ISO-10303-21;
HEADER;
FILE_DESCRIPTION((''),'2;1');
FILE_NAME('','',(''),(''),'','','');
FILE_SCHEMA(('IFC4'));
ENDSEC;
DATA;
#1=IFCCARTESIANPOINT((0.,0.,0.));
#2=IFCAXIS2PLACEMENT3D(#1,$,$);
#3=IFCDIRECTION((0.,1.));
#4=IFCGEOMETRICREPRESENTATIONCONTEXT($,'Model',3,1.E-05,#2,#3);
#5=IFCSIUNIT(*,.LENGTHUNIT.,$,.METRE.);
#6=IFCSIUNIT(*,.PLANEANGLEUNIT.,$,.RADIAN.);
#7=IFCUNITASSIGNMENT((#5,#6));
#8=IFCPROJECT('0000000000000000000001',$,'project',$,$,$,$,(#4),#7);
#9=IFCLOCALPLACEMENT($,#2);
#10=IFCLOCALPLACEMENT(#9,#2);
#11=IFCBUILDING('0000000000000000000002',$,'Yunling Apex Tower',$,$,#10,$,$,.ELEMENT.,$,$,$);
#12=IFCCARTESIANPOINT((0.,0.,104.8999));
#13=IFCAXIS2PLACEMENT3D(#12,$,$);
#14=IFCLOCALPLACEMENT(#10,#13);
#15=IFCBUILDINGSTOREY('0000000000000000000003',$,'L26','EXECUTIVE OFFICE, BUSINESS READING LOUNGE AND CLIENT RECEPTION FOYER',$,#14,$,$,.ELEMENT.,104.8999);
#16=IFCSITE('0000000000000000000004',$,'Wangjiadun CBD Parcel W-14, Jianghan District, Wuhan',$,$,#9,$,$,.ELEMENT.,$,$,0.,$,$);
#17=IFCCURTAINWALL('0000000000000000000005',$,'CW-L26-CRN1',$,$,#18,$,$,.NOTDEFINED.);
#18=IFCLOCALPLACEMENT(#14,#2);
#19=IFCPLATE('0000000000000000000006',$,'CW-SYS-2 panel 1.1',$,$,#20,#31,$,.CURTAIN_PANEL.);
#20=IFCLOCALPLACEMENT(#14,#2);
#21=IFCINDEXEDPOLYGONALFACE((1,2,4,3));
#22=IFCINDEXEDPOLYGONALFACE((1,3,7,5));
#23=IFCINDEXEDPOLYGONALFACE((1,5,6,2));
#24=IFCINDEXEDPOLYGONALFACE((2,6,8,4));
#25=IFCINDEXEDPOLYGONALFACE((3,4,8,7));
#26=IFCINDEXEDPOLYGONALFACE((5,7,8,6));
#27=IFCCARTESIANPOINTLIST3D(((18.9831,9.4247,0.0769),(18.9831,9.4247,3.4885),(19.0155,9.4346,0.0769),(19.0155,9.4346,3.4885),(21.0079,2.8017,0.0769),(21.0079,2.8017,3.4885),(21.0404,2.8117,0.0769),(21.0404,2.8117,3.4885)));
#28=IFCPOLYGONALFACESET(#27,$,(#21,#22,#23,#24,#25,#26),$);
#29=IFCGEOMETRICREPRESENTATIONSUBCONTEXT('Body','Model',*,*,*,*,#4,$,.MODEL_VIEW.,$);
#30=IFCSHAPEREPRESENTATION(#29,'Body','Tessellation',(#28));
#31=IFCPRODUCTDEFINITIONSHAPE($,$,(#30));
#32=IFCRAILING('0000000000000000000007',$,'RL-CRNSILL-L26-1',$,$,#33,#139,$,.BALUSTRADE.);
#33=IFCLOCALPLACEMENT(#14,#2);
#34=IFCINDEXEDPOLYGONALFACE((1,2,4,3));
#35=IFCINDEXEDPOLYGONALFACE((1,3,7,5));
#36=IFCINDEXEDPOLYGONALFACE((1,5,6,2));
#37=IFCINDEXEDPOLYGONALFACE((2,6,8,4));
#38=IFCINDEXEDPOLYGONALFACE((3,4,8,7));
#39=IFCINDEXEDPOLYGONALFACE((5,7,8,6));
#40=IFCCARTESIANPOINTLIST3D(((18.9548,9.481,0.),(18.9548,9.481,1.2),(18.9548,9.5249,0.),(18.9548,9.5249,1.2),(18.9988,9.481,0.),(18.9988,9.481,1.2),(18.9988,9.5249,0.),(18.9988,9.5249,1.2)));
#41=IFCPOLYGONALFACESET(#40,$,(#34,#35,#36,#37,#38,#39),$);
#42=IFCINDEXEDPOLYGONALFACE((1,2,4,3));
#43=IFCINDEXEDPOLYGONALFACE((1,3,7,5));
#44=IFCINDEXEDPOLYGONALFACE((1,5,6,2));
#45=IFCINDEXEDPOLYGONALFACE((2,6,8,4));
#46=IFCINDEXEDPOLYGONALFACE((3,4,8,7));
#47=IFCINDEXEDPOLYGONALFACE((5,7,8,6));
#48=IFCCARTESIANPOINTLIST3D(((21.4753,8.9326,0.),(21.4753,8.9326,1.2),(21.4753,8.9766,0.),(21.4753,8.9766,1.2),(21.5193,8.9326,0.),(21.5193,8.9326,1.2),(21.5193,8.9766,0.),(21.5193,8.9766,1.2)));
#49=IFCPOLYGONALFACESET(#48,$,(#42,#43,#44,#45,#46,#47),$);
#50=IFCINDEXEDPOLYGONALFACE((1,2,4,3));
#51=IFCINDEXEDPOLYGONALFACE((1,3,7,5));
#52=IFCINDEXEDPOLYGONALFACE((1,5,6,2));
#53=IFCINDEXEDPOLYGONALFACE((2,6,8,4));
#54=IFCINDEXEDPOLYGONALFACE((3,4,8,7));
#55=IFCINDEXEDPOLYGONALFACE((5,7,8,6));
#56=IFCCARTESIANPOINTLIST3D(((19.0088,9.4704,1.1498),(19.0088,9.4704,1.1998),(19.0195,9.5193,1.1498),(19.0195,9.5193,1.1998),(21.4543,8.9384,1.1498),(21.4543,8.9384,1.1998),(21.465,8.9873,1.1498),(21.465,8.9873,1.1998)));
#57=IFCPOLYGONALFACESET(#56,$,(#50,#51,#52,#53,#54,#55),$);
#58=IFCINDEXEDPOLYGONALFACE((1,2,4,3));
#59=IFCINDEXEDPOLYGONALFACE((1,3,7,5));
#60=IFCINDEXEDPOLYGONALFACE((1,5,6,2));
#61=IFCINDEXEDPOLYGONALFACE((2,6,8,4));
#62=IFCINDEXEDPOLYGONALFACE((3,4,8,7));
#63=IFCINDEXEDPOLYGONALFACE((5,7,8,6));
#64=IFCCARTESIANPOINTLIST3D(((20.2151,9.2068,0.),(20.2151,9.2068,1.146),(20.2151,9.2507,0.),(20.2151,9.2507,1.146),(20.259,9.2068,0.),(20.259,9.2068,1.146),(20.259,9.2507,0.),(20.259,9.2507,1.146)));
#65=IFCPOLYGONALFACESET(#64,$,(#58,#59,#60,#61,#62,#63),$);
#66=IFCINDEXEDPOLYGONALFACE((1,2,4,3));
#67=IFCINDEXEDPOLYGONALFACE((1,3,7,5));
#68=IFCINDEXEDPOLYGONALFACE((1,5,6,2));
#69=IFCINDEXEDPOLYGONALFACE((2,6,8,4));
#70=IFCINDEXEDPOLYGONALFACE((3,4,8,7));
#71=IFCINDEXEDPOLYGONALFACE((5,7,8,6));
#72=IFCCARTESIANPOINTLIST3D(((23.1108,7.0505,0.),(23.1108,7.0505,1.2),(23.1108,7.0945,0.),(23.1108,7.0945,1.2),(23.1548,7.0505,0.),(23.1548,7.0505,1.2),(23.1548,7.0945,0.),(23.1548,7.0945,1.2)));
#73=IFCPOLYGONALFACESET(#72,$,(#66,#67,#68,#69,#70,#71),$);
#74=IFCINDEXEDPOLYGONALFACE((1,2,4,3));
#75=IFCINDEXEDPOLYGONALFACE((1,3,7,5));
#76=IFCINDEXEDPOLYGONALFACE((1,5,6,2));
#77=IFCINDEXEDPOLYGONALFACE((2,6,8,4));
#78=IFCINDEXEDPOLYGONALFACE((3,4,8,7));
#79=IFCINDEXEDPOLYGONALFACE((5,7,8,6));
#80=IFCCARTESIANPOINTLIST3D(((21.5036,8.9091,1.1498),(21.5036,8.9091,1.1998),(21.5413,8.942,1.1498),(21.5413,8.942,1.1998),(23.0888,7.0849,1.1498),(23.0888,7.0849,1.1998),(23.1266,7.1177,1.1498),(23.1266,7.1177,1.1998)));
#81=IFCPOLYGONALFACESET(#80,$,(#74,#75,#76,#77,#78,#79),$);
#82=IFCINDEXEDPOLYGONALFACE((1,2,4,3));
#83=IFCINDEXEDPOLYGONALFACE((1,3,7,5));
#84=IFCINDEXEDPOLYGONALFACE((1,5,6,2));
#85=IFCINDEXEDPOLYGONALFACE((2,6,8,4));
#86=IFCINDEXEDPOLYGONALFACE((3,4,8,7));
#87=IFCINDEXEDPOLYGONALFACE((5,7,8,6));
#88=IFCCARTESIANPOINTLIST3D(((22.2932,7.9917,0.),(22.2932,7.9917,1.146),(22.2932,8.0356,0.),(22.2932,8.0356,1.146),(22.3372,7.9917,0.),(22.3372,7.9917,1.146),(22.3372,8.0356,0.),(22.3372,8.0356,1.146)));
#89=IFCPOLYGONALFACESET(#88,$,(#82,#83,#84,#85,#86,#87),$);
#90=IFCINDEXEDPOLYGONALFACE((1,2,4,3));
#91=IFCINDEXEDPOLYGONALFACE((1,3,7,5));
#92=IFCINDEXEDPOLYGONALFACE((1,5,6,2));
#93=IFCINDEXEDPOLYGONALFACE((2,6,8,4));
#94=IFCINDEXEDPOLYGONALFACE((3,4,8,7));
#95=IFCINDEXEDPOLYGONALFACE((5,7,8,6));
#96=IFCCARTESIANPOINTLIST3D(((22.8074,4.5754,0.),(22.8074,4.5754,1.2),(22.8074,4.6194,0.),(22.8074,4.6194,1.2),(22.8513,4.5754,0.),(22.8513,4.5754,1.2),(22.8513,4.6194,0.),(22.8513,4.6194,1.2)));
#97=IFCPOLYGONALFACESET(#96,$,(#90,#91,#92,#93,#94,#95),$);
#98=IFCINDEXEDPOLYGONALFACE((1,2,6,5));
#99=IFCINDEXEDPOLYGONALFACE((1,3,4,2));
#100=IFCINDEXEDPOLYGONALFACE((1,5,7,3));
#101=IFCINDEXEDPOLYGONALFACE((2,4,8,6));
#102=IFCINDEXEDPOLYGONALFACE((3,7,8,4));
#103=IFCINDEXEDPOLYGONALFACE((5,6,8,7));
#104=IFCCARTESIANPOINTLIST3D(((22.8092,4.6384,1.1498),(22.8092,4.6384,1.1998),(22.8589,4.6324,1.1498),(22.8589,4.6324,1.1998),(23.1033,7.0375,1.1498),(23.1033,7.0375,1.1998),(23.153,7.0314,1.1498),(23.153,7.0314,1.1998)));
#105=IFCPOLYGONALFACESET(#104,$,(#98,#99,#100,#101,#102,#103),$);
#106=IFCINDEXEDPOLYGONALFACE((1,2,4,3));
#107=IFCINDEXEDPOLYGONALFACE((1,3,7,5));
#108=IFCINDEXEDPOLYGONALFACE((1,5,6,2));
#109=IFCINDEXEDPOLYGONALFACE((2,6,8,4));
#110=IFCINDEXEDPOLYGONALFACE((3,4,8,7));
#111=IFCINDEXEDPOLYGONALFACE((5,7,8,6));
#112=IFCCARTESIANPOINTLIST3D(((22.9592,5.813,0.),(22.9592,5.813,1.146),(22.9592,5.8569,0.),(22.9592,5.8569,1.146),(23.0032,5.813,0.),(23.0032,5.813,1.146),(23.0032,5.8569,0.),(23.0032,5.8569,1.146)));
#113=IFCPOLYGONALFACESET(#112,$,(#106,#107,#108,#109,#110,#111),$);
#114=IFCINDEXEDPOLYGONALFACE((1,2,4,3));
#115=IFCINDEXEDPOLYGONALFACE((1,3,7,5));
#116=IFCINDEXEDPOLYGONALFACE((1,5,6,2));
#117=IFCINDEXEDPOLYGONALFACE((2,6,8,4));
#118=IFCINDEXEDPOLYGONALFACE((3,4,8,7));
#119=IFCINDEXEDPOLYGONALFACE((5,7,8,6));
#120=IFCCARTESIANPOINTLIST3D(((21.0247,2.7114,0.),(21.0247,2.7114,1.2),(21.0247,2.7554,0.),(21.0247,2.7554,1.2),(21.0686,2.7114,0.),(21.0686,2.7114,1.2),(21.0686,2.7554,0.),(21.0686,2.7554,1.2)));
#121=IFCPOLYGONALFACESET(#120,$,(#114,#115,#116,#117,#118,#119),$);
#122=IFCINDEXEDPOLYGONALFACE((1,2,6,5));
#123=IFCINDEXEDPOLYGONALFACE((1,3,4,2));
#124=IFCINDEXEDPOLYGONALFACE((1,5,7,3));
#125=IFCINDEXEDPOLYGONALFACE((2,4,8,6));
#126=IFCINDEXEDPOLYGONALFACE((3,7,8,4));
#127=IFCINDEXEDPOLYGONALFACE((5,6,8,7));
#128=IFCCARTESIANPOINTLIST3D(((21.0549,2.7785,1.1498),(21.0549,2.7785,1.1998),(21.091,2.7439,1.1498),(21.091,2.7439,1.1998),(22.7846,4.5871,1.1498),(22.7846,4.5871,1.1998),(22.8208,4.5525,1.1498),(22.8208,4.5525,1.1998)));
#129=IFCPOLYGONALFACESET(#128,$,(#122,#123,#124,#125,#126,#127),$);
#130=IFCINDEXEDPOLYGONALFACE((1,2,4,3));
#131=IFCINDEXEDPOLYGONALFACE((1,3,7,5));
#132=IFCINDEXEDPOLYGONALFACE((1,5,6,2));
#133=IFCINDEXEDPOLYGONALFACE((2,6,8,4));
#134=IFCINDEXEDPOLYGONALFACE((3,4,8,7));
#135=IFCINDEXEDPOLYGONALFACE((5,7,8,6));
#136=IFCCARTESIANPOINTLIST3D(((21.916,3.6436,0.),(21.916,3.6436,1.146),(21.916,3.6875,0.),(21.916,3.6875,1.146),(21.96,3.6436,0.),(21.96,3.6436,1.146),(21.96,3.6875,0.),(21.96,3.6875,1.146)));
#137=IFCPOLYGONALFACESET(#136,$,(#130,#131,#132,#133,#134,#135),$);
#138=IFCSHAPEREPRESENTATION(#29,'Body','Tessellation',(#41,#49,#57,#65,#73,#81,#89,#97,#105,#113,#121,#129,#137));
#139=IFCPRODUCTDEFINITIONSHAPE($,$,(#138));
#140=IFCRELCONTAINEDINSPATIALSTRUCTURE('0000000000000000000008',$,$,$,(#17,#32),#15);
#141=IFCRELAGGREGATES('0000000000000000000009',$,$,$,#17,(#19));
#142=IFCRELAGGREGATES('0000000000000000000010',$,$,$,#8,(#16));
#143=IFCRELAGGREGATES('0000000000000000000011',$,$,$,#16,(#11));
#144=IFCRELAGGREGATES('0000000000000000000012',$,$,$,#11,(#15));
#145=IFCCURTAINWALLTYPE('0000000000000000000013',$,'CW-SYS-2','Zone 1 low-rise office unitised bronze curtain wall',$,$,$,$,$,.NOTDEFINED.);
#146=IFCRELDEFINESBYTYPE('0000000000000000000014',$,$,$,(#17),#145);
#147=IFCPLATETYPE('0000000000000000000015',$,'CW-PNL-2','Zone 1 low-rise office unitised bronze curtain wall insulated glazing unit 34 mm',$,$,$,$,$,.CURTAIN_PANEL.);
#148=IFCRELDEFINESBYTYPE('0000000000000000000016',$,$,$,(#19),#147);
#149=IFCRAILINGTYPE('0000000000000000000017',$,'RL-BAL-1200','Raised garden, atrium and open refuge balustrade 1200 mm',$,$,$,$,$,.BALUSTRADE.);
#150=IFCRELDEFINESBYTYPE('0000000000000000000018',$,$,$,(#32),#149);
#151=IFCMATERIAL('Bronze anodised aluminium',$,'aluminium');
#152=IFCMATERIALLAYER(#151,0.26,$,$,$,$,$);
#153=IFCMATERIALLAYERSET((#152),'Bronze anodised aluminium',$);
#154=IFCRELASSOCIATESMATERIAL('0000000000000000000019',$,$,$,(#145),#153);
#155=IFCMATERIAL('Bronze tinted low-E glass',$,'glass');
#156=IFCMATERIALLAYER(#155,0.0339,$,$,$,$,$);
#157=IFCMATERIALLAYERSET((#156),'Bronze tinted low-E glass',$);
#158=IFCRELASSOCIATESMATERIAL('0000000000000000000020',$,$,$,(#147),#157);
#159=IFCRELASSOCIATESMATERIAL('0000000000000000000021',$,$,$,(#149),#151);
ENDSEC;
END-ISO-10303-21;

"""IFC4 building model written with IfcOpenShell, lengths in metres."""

from ifc_helpers import new_model, si_unit, direction, frame, origin, origin_2d, place, context, subcontext, project, spatial, rectangle, extrude, source, transform, mapped, material, layer, layer_set, type_object, element, aggregate, save


model = new_model("IFC4")

# Units and contexts
model_context = context("Model", 3, precision=1e-05, world=origin(), true_north=direction((0.0, 1.0)))
body_context = subcontext(model_context, "Body", "Model", "MODEL_VIEW")
ifc_project = project(units=[si_unit("LENGTHUNIT", "METRE"), si_unit("PLANEANGLEUNIT", "RADIAN")], contexts=[model_context])

# Site, building, storey
site_placement = place(None, origin())
site = spatial("IfcSite", under=ifc_project, at=site_placement, Name="Wangjiadun CBD Parcel W-14, Jianghan District, Wuhan", CompositionType="ELEMENT", RefElevation=0.0)
building_placement = place(site_placement, origin())
building = spatial("IfcBuilding", under=site, at=building_placement, Name="Yunling Apex Tower", CompositionType="ELEMENT")
storey_placement = place(building_placement, frame((0.0, 0.0, 104.8999)))
storey = spatial("IfcBuildingStorey", under=building, at=storey_placement, Name="L26", Description="EXECUTIVE OFFICE, BUSINESS READING LOUNGE AND CLIENT RECEPTION FOYER", CompositionType="ELEMENT", Elevation=104.8999)

# Shared definitions
ifc_material_1 = material(Name="Bronze anodised aluminium", Category="aluminium")
ifc_layer_1 = layer(ifc_material_1, 0.26)
ifc_layer_set_1 = layer_set([ifc_layer_1], Name="Bronze anodised aluminium")
curtain_wall_type = type_object("IfcCurtainWallType", Name="CW-SYS-2", Description="Zone 1 low-rise office unitised bronze curtain wall", PredefinedType="NOTDEFINED", material=ifc_layer_set_1)

# Curtain wall
curtain_wall_1_placement = place(storey_placement, origin())
curtain_wall_1 = element("IfcCurtainWall", 1, at=curtain_wall_1_placement, inside=storey, type_object=curtain_wall_type, Name="CW-L26-CRN1", PredefinedType="NOTDEFINED")

# Plate
ifc_material_2 = material(Name="Bronze tinted low-E glass", Category="glass")
ifc_layer_2 = layer(ifc_material_2, 0.0339)
ifc_layer_set_2 = layer_set([ifc_layer_2], Name="Bronze tinted low-E glass")
plate_type = type_object("IfcPlateType", Name="CW-PNL-2", Description="Zone 1 low-rise office unitised bronze curtain wall insulated glazing unit 34 mm", PredefinedType="CURTAIN_PANEL", material=ifc_layer_set_2)
shared_shape_1 = source(origin(), body_context, "Body", "SweptSolid", [
    extrude(rectangle(XDim=6.9255, YDim=0.0339, at=origin_2d()), origin(), (0.0, 0.0, 1.0), 3.4116),
])
plate_1_placement = place(storey_placement, frame((20.0117, 6.1182, 0.0769), z_axis=(0.0, 0.0, 1.0), x_axis=(-0.292375, 0.956304, 0.0)))
plate_1 = element("IfcPlate", 2, at=plate_1_placement, type_object=plate_type, Name="CW-SYS-2 panel 1.1", PredefinedType="CURTAIN_PANEL", context=body_context, shape_type="MappedRepresentation", body=[
    mapped(shared_shape_1, transform((0.0, 0.0, 0.0), scale=1.0)),
])
aggregate(curtain_wall_1, [plate_1])

# Railing
railing_type = type_object("IfcRailingType", Name="RL-BAL-1200", Description="Raised garden, atrium and open refuge balustrade 1200 mm", PredefinedType="BALUSTRADE", material=ifc_material_1)
railing_placement = place(storey_placement, frame((18.9768, 9.5029, 0.0)))
element("IfcRailing", 3, at=railing_placement, inside=storey, type_object=railing_type, Name="RL-CRNSILL-L26-1", PredefinedType="BALUSTRADE", context=body_context, shape_type="SweptSolid", body=[
    extrude(rectangle(XDim=0.0439, YDim=0.0439, at=origin_2d()), origin(), (0.0, 0.0, 1.0), 1.2),
    extrude(rectangle(XDim=0.0439, YDim=0.0439, at=origin_2d()), frame((2.5205, -0.5483, 0.0)), (0.0, 0.0, 1.0), 1.2),
    extrude(rectangle(XDim=0.05, YDim=0.05, at=origin_2d()), frame((0.0374, -0.0081, 1.1748), z_axis=(0.977144, -0.212579, 0.0), x_axis=(0.212579, 0.977144, 0.0)), (0.0, 0.0, 1.0), 2.5027),
    extrude(rectangle(XDim=0.0439, YDim=0.0439, at=origin_2d()), frame((1.2603, -0.2742, 0.0)), (0.0, 0.0, 1.0), 1.146),
    extrude(rectangle(XDim=0.0439, YDim=0.0439, at=origin_2d()), frame((4.156, -2.4304, 0.0)), (0.0, 0.0, 1.0), 1.2),
    extrude(rectangle(XDim=0.05, YDim=0.05, at=origin_2d()), frame((2.5457, -0.5774, 1.1748), z_axis=(0.655929, -0.754823, 0.0), x_axis=(0.754823, 0.655929, 0.0)), (0.0, 0.0, 1.0), 2.4167),
    extrude(rectangle(XDim=0.0439, YDim=0.0439, at=origin_2d()), frame((3.3384, -1.4893, 0.0)), (0.0, 0.0, 1.0), 1.146),
    extrude(rectangle(XDim=0.0439, YDim=0.0439, at=origin_2d()), frame((3.8525, -4.9055, 0.0)), (0.0, 0.0, 1.0), 1.2),
    extrude(rectangle(XDim=0.05, YDim=0.05, at=origin_2d()), frame((4.1514, -2.4685, 1.1748), z_axis=(-0.121697, -0.992567, 0.0), x_axis=(0.992567, -0.121697, 0.0)), (0.0, 0.0, 1.0), 2.417),
    extrude(rectangle(XDim=0.0439, YDim=0.0439, at=origin_2d()), frame((4.0044, -3.668, 0.0)), (0.0, 0.0, 1.0), 1.146),
    extrude(rectangle(XDim=0.0439, YDim=0.0439, at=origin_2d()), frame((2.0698, -6.7695, 0.0)), (0.0, 0.0, 1.0), 1.2),
    extrude(rectangle(XDim=0.05, YDim=0.05, at=origin_2d()), frame((3.8259, -4.9331, 1.1748), z_axis=(-0.691171, -0.722691, 0.0), x_axis=(0.722691, -0.691171, 0.0)), (0.0, 0.0, 1.0), 2.5027),
    extrude(rectangle(XDim=0.0439, YDim=0.0439, at=origin_2d()), frame((2.9612, -5.8374, 0.0)), (0.0, 0.0, 1.0), 1.146),
])

save(model, "model.ifc")
